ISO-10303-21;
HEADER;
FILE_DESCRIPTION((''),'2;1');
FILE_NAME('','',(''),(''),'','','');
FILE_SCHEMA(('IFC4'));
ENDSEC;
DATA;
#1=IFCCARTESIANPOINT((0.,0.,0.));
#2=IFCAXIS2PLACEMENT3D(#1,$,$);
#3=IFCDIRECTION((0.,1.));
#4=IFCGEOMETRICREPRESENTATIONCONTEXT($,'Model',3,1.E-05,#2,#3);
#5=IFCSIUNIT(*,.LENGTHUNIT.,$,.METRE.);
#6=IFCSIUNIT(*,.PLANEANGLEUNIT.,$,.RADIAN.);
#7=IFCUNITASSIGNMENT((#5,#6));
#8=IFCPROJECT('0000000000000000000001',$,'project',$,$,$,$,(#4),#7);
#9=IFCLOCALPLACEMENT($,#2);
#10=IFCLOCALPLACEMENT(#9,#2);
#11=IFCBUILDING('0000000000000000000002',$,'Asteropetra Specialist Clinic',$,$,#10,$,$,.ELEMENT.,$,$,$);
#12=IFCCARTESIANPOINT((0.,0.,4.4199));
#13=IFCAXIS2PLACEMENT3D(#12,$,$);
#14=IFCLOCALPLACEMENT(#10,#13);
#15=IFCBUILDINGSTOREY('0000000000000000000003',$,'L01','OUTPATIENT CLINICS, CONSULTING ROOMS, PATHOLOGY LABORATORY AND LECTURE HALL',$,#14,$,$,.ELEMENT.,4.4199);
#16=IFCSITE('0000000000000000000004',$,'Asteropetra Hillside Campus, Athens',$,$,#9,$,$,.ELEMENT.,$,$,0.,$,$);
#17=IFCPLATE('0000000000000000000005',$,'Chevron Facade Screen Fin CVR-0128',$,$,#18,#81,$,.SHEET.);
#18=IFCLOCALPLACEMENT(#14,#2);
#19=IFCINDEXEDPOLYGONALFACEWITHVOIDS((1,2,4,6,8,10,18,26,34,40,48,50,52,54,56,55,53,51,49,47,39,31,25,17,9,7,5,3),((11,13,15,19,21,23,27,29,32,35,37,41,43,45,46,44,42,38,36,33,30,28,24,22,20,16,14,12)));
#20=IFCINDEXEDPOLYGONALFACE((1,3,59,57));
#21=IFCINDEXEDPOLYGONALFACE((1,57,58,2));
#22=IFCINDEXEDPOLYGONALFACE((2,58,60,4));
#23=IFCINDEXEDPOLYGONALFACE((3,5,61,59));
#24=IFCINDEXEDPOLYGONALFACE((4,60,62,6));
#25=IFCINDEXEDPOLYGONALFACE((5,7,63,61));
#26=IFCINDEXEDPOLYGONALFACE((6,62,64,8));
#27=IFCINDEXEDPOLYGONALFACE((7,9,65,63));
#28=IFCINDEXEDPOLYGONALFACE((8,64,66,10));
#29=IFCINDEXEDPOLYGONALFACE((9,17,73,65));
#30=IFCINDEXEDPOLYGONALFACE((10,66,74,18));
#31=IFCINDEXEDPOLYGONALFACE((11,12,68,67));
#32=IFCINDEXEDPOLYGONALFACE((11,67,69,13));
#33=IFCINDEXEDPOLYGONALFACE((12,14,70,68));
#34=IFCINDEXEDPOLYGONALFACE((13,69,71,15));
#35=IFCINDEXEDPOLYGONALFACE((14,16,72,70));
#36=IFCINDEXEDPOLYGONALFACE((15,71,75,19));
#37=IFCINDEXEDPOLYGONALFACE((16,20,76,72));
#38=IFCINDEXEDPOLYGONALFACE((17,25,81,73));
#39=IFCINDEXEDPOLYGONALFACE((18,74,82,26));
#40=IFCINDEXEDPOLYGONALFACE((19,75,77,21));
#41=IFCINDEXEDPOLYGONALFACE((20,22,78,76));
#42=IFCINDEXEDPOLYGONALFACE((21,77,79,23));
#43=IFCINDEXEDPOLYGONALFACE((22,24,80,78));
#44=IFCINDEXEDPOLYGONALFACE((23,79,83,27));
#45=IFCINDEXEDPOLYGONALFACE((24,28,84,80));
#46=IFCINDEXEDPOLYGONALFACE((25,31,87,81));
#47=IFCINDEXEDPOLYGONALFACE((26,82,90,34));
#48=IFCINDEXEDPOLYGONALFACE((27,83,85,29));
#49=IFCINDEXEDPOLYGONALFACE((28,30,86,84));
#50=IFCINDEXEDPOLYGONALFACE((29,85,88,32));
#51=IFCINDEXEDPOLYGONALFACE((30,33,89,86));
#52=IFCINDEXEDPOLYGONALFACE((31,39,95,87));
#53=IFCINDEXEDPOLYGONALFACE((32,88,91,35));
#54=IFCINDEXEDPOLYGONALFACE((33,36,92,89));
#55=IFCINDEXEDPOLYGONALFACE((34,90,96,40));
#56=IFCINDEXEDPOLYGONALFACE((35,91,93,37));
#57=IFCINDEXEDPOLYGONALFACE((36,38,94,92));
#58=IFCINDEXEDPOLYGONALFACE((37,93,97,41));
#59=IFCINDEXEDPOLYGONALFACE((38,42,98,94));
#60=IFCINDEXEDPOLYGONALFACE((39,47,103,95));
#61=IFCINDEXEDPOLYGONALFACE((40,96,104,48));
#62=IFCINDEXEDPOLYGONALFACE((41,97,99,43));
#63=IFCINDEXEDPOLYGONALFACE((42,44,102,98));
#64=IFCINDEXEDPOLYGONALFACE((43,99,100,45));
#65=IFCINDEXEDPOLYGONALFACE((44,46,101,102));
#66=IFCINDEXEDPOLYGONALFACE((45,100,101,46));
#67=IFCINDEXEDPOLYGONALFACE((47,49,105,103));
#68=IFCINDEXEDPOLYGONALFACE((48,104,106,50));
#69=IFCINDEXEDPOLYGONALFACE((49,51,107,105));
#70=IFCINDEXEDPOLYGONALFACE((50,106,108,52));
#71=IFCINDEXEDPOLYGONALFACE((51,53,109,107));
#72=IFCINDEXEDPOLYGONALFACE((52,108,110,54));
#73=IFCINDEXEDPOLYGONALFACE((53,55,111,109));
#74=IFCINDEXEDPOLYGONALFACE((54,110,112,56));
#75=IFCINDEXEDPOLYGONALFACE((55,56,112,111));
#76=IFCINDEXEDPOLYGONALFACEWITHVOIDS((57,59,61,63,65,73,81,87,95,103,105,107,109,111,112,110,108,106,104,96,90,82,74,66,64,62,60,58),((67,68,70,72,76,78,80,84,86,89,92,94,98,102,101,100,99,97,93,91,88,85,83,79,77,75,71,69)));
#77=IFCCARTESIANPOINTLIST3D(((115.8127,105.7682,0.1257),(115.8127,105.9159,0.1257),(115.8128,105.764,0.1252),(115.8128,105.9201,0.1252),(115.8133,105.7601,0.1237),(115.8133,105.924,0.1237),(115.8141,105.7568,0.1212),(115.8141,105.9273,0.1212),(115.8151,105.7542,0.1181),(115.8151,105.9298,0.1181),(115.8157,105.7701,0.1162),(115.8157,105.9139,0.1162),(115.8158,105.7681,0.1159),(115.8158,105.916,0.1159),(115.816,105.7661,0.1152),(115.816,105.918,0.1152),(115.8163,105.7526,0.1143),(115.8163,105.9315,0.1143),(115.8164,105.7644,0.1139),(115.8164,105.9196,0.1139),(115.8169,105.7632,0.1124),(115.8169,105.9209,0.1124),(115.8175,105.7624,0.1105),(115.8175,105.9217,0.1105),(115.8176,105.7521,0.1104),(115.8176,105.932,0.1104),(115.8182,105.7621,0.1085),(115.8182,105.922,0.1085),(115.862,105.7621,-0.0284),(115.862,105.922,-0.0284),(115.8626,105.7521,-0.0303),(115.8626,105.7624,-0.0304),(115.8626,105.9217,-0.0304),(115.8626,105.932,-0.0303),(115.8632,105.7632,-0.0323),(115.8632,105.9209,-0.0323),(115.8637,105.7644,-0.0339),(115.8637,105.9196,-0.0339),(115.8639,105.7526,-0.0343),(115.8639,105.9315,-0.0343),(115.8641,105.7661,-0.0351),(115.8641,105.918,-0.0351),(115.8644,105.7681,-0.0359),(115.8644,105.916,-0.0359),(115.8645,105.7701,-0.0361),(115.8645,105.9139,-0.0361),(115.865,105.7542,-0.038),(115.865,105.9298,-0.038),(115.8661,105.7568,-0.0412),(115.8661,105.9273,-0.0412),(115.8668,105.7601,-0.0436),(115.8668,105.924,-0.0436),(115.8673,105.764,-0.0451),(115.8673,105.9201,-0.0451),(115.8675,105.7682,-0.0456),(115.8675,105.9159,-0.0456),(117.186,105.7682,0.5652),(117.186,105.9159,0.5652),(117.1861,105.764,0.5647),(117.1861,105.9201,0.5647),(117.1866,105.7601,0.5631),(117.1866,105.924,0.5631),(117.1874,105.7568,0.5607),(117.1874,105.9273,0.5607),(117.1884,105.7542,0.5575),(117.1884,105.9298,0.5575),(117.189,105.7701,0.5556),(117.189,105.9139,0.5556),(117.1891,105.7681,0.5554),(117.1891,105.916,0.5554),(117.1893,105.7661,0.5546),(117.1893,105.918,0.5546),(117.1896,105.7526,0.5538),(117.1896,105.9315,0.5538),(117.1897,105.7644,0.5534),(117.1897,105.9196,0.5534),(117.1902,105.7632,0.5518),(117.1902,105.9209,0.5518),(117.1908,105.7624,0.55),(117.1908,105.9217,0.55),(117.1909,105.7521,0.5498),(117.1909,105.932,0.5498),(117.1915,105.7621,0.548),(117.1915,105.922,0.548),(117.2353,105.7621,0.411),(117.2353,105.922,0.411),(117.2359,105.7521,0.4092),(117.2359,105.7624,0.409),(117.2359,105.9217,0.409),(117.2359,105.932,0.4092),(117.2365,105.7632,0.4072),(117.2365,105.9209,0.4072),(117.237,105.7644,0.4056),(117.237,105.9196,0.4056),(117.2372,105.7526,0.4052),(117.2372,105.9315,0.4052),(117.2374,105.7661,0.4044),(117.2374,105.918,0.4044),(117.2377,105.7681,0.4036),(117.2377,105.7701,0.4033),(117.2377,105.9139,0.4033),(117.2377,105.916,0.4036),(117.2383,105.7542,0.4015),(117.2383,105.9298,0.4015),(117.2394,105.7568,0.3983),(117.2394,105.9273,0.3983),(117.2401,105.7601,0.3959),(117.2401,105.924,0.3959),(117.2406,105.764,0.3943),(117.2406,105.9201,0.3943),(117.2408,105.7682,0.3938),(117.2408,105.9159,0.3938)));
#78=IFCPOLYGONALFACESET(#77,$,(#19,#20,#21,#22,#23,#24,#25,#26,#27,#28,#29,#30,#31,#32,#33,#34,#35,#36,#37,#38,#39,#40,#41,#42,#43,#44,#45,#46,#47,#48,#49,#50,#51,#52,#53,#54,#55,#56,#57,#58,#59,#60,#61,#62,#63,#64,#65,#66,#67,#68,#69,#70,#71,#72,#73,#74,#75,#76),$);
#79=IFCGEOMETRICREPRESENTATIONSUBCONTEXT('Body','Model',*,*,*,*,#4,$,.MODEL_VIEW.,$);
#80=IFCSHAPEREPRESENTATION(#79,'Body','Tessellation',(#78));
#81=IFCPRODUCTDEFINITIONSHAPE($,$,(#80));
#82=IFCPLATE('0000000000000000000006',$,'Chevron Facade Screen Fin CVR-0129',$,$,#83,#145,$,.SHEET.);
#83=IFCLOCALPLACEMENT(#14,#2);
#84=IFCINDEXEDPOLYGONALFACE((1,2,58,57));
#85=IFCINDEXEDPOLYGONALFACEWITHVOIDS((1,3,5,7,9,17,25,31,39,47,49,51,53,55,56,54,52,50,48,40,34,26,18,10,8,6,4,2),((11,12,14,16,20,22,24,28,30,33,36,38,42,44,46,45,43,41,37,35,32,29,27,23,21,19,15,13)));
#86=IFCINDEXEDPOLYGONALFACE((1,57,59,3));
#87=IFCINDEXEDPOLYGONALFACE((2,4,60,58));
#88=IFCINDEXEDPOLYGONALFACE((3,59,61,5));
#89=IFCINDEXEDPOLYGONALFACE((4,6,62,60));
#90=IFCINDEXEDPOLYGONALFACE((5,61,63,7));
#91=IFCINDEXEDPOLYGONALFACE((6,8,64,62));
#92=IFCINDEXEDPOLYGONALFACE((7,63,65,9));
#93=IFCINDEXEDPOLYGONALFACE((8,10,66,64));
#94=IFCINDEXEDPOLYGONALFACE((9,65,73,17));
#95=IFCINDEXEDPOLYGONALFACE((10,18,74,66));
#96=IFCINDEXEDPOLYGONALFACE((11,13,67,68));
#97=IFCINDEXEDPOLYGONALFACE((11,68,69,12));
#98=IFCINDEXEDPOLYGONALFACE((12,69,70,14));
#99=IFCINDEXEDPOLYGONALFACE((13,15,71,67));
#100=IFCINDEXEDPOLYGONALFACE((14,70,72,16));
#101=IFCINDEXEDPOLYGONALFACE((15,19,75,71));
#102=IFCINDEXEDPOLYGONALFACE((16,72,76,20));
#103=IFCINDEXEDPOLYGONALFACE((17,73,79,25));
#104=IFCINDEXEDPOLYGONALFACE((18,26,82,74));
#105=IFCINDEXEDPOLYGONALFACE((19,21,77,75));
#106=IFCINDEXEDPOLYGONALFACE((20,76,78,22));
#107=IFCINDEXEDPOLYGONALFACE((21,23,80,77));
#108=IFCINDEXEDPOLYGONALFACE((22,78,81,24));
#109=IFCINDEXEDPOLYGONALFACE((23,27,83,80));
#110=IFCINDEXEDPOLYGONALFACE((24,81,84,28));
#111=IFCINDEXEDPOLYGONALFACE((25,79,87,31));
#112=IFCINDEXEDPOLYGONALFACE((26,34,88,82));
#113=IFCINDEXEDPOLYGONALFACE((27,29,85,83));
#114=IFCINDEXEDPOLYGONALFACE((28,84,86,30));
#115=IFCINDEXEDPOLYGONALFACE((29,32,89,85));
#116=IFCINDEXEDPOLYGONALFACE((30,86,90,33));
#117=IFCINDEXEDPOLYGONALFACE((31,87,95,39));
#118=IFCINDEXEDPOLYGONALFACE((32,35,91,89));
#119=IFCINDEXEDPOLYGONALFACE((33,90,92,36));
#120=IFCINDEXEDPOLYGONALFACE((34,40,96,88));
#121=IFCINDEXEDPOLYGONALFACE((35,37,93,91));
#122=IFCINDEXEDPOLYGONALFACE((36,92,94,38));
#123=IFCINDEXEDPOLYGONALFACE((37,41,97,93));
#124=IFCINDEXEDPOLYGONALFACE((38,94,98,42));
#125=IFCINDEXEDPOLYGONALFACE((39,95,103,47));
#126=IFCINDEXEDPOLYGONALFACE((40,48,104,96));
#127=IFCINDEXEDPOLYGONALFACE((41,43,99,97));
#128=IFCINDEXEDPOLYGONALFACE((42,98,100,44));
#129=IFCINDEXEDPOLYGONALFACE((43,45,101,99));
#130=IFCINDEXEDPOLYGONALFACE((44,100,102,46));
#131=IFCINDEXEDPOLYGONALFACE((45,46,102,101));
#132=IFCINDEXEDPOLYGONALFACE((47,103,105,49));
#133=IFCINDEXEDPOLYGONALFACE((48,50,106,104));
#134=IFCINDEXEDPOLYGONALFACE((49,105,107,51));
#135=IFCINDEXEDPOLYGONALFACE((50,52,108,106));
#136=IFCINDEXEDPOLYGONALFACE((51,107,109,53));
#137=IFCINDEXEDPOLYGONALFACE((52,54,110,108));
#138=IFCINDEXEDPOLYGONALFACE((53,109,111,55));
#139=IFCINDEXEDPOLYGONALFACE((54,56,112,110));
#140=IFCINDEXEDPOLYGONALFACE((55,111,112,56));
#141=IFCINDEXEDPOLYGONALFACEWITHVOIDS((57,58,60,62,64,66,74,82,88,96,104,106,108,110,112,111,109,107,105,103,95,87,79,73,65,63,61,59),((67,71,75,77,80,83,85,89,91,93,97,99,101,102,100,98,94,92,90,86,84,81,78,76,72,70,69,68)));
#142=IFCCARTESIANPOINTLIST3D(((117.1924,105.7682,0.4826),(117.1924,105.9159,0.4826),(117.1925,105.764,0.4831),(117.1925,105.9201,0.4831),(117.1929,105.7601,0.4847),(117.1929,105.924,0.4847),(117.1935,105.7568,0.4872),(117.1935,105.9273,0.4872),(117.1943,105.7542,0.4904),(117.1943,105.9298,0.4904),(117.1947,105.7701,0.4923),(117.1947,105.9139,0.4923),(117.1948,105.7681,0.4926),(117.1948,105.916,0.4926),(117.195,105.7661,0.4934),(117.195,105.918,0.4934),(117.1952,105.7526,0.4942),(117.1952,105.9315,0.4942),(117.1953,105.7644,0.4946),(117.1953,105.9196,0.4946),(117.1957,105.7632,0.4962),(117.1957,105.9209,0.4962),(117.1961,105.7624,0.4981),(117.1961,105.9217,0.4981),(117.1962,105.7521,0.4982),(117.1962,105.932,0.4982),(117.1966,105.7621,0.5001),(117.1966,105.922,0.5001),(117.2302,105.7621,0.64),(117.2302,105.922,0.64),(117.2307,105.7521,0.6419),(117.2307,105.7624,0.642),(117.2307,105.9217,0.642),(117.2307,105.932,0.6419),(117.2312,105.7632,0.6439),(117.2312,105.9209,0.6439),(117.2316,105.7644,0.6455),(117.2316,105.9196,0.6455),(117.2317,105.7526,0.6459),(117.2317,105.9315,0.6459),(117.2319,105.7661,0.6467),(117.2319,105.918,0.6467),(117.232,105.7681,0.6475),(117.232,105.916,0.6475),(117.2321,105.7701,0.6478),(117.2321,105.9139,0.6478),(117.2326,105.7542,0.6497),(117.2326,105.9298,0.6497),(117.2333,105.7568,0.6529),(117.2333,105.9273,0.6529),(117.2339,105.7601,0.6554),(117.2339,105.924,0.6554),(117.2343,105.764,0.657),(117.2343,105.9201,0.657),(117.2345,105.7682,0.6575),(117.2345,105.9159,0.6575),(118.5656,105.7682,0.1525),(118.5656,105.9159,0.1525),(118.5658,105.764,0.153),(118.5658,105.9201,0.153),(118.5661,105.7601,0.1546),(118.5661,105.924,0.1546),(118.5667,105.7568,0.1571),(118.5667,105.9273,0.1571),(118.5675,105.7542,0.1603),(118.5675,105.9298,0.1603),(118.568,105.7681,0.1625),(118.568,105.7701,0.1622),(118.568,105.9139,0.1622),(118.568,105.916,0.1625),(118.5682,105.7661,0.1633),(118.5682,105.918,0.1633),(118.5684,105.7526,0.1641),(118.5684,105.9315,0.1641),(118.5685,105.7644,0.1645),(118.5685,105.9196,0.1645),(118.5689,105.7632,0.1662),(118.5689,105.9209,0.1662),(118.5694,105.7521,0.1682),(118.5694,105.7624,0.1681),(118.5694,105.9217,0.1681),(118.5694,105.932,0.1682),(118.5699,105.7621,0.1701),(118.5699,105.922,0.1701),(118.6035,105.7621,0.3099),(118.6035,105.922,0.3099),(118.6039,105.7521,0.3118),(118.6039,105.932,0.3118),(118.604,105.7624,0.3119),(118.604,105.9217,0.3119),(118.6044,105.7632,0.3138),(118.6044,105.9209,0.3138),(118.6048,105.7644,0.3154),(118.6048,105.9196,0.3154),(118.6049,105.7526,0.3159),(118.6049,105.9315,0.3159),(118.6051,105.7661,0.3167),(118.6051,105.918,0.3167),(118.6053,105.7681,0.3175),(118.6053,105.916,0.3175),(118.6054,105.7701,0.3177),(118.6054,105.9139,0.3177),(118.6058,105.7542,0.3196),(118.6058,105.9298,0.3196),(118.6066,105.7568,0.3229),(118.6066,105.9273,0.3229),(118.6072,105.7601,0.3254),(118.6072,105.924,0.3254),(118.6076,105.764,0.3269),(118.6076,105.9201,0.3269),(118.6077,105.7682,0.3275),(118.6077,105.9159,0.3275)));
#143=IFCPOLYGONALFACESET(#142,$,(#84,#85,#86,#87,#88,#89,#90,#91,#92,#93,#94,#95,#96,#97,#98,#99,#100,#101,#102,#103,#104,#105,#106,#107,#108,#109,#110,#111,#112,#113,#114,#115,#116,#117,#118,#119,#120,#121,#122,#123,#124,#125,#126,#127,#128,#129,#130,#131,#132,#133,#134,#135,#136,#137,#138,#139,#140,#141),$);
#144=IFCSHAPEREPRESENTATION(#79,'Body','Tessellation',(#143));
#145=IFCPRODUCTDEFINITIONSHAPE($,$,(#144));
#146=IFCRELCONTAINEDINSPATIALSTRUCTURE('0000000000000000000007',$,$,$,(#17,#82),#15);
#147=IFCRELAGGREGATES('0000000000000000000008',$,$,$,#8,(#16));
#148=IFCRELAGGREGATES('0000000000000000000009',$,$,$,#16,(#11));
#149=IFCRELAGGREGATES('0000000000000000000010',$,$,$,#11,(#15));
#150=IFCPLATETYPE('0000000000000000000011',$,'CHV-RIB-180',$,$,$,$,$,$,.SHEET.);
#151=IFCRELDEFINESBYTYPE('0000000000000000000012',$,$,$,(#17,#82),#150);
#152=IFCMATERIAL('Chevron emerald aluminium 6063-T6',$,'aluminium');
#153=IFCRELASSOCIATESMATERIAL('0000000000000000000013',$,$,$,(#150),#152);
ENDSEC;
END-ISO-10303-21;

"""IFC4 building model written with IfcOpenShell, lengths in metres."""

from ifc_helpers import new_model, si_unit, direction, frame, origin, origin_2d, place, context, subcontext, project, spatial, hollow_rectangle, extrude, material, material_profile, profile_set, type_object, element, save


model = new_model("IFC4")

# Units and contexts
model_context = context("Model", 3, precision=1e-05, world=origin(), true_north=direction((0.0, 1.0)))
body_context = subcontext(model_context, "Body", "Model", "MODEL_VIEW")
ifc_project = project(units=[si_unit("LENGTHUNIT", "METRE"), si_unit("PLANEANGLEUNIT", "RADIAN")], contexts=[model_context])

# Site, building, storey
site_placement = place(None, origin())
site = spatial("IfcSite", under=ifc_project, at=site_placement, Name="Asteropetra Hillside Campus, Athens", CompositionType="ELEMENT", RefElevation=0.0)
building_placement = place(site_placement, origin())
building = spatial("IfcBuilding", under=site, at=building_placement, Name="Asteropetra Specialist Clinic", CompositionType="ELEMENT")
storey_placement = place(building_placement, frame((0.0, 0.0, 4.4199)))
storey = spatial("IfcBuildingStorey", under=building, at=storey_placement, Name="L01", Description="OUTPATIENT CLINICS, CONSULTING ROOMS, PATHOLOGY LABORATORY AND LECTURE HALL", CompositionType="ELEMENT", Elevation=4.4199)

# Plates
ifc_material_1 = material(Name="Chevron emerald aluminium 6063-T6", Category="aluminium")
ifc_material_profile_1 = material_profile(ifc_material_1, hollow_rectangle(XDim=0.1799, YDim=0.1799, WallThickness=0.01, InnerFilletRadius=0.0081, OuterFilletRadius=0.0161, at=origin_2d()), Name="SHS 180x180x10.0")
ifc_profile_set_1 = profile_set([ifc_material_profile_1], Name="Chevron emerald aluminium 6063-T6")
plate_type = type_object("IfcPlateType", Name="CHV-RIB-180", PredefinedType="SHEET", material=ifc_profile_set_1)
for number, where, z_axis, x_axis, name in (
    (1, (117.2134, 105.842, 0.4795), (-0.952424, 0.0, -0.304776), (0.0, -1.0, 0.0), "Chevron Facade Screen Fin CVR-0128"),
):
    element("IfcPlate", number, at=place(storey_placement, frame(where, z_axis=z_axis, x_axis=x_axis)), inside=storey, type_object=plate_type, Name=name, PredefinedType="SHEET", context=body_context, shape_type="SweptSolid", body=[
        extrude(hollow_rectangle(XDim=0.1799, YDim=0.1799, WallThickness=0.01, InnerFilletRadius=0.0081, OuterFilletRadius=0.0161, at=origin_2d()), origin(), (0.0, 0.0, 1.0), 1.4419),
    ])
for number, where, z_axis, x_axis, name in (
    (2, (118.5867, 105.842, 0.24), (-0.972309, 0.0, 0.2337), (0.0, -1.0, 0.0), "Chevron Facade Screen Fin CVR-0129"),
):
    element("IfcPlate", number, at=place(storey_placement, frame(where, z_axis=z_axis, x_axis=x_axis)), inside=storey, type_object=plate_type, Name=name, PredefinedType="SHEET", context=body_context, shape_type="SweptSolid", body=[
        extrude(hollow_rectangle(XDim=0.1799, YDim=0.1799, WallThickness=0.01, InnerFilletRadius=0.0081, OuterFilletRadius=0.0161, at=origin_2d()), origin(), (0.0, 0.0, 1.0), 1.4124),
    ])

save(model, "model.ifc")
